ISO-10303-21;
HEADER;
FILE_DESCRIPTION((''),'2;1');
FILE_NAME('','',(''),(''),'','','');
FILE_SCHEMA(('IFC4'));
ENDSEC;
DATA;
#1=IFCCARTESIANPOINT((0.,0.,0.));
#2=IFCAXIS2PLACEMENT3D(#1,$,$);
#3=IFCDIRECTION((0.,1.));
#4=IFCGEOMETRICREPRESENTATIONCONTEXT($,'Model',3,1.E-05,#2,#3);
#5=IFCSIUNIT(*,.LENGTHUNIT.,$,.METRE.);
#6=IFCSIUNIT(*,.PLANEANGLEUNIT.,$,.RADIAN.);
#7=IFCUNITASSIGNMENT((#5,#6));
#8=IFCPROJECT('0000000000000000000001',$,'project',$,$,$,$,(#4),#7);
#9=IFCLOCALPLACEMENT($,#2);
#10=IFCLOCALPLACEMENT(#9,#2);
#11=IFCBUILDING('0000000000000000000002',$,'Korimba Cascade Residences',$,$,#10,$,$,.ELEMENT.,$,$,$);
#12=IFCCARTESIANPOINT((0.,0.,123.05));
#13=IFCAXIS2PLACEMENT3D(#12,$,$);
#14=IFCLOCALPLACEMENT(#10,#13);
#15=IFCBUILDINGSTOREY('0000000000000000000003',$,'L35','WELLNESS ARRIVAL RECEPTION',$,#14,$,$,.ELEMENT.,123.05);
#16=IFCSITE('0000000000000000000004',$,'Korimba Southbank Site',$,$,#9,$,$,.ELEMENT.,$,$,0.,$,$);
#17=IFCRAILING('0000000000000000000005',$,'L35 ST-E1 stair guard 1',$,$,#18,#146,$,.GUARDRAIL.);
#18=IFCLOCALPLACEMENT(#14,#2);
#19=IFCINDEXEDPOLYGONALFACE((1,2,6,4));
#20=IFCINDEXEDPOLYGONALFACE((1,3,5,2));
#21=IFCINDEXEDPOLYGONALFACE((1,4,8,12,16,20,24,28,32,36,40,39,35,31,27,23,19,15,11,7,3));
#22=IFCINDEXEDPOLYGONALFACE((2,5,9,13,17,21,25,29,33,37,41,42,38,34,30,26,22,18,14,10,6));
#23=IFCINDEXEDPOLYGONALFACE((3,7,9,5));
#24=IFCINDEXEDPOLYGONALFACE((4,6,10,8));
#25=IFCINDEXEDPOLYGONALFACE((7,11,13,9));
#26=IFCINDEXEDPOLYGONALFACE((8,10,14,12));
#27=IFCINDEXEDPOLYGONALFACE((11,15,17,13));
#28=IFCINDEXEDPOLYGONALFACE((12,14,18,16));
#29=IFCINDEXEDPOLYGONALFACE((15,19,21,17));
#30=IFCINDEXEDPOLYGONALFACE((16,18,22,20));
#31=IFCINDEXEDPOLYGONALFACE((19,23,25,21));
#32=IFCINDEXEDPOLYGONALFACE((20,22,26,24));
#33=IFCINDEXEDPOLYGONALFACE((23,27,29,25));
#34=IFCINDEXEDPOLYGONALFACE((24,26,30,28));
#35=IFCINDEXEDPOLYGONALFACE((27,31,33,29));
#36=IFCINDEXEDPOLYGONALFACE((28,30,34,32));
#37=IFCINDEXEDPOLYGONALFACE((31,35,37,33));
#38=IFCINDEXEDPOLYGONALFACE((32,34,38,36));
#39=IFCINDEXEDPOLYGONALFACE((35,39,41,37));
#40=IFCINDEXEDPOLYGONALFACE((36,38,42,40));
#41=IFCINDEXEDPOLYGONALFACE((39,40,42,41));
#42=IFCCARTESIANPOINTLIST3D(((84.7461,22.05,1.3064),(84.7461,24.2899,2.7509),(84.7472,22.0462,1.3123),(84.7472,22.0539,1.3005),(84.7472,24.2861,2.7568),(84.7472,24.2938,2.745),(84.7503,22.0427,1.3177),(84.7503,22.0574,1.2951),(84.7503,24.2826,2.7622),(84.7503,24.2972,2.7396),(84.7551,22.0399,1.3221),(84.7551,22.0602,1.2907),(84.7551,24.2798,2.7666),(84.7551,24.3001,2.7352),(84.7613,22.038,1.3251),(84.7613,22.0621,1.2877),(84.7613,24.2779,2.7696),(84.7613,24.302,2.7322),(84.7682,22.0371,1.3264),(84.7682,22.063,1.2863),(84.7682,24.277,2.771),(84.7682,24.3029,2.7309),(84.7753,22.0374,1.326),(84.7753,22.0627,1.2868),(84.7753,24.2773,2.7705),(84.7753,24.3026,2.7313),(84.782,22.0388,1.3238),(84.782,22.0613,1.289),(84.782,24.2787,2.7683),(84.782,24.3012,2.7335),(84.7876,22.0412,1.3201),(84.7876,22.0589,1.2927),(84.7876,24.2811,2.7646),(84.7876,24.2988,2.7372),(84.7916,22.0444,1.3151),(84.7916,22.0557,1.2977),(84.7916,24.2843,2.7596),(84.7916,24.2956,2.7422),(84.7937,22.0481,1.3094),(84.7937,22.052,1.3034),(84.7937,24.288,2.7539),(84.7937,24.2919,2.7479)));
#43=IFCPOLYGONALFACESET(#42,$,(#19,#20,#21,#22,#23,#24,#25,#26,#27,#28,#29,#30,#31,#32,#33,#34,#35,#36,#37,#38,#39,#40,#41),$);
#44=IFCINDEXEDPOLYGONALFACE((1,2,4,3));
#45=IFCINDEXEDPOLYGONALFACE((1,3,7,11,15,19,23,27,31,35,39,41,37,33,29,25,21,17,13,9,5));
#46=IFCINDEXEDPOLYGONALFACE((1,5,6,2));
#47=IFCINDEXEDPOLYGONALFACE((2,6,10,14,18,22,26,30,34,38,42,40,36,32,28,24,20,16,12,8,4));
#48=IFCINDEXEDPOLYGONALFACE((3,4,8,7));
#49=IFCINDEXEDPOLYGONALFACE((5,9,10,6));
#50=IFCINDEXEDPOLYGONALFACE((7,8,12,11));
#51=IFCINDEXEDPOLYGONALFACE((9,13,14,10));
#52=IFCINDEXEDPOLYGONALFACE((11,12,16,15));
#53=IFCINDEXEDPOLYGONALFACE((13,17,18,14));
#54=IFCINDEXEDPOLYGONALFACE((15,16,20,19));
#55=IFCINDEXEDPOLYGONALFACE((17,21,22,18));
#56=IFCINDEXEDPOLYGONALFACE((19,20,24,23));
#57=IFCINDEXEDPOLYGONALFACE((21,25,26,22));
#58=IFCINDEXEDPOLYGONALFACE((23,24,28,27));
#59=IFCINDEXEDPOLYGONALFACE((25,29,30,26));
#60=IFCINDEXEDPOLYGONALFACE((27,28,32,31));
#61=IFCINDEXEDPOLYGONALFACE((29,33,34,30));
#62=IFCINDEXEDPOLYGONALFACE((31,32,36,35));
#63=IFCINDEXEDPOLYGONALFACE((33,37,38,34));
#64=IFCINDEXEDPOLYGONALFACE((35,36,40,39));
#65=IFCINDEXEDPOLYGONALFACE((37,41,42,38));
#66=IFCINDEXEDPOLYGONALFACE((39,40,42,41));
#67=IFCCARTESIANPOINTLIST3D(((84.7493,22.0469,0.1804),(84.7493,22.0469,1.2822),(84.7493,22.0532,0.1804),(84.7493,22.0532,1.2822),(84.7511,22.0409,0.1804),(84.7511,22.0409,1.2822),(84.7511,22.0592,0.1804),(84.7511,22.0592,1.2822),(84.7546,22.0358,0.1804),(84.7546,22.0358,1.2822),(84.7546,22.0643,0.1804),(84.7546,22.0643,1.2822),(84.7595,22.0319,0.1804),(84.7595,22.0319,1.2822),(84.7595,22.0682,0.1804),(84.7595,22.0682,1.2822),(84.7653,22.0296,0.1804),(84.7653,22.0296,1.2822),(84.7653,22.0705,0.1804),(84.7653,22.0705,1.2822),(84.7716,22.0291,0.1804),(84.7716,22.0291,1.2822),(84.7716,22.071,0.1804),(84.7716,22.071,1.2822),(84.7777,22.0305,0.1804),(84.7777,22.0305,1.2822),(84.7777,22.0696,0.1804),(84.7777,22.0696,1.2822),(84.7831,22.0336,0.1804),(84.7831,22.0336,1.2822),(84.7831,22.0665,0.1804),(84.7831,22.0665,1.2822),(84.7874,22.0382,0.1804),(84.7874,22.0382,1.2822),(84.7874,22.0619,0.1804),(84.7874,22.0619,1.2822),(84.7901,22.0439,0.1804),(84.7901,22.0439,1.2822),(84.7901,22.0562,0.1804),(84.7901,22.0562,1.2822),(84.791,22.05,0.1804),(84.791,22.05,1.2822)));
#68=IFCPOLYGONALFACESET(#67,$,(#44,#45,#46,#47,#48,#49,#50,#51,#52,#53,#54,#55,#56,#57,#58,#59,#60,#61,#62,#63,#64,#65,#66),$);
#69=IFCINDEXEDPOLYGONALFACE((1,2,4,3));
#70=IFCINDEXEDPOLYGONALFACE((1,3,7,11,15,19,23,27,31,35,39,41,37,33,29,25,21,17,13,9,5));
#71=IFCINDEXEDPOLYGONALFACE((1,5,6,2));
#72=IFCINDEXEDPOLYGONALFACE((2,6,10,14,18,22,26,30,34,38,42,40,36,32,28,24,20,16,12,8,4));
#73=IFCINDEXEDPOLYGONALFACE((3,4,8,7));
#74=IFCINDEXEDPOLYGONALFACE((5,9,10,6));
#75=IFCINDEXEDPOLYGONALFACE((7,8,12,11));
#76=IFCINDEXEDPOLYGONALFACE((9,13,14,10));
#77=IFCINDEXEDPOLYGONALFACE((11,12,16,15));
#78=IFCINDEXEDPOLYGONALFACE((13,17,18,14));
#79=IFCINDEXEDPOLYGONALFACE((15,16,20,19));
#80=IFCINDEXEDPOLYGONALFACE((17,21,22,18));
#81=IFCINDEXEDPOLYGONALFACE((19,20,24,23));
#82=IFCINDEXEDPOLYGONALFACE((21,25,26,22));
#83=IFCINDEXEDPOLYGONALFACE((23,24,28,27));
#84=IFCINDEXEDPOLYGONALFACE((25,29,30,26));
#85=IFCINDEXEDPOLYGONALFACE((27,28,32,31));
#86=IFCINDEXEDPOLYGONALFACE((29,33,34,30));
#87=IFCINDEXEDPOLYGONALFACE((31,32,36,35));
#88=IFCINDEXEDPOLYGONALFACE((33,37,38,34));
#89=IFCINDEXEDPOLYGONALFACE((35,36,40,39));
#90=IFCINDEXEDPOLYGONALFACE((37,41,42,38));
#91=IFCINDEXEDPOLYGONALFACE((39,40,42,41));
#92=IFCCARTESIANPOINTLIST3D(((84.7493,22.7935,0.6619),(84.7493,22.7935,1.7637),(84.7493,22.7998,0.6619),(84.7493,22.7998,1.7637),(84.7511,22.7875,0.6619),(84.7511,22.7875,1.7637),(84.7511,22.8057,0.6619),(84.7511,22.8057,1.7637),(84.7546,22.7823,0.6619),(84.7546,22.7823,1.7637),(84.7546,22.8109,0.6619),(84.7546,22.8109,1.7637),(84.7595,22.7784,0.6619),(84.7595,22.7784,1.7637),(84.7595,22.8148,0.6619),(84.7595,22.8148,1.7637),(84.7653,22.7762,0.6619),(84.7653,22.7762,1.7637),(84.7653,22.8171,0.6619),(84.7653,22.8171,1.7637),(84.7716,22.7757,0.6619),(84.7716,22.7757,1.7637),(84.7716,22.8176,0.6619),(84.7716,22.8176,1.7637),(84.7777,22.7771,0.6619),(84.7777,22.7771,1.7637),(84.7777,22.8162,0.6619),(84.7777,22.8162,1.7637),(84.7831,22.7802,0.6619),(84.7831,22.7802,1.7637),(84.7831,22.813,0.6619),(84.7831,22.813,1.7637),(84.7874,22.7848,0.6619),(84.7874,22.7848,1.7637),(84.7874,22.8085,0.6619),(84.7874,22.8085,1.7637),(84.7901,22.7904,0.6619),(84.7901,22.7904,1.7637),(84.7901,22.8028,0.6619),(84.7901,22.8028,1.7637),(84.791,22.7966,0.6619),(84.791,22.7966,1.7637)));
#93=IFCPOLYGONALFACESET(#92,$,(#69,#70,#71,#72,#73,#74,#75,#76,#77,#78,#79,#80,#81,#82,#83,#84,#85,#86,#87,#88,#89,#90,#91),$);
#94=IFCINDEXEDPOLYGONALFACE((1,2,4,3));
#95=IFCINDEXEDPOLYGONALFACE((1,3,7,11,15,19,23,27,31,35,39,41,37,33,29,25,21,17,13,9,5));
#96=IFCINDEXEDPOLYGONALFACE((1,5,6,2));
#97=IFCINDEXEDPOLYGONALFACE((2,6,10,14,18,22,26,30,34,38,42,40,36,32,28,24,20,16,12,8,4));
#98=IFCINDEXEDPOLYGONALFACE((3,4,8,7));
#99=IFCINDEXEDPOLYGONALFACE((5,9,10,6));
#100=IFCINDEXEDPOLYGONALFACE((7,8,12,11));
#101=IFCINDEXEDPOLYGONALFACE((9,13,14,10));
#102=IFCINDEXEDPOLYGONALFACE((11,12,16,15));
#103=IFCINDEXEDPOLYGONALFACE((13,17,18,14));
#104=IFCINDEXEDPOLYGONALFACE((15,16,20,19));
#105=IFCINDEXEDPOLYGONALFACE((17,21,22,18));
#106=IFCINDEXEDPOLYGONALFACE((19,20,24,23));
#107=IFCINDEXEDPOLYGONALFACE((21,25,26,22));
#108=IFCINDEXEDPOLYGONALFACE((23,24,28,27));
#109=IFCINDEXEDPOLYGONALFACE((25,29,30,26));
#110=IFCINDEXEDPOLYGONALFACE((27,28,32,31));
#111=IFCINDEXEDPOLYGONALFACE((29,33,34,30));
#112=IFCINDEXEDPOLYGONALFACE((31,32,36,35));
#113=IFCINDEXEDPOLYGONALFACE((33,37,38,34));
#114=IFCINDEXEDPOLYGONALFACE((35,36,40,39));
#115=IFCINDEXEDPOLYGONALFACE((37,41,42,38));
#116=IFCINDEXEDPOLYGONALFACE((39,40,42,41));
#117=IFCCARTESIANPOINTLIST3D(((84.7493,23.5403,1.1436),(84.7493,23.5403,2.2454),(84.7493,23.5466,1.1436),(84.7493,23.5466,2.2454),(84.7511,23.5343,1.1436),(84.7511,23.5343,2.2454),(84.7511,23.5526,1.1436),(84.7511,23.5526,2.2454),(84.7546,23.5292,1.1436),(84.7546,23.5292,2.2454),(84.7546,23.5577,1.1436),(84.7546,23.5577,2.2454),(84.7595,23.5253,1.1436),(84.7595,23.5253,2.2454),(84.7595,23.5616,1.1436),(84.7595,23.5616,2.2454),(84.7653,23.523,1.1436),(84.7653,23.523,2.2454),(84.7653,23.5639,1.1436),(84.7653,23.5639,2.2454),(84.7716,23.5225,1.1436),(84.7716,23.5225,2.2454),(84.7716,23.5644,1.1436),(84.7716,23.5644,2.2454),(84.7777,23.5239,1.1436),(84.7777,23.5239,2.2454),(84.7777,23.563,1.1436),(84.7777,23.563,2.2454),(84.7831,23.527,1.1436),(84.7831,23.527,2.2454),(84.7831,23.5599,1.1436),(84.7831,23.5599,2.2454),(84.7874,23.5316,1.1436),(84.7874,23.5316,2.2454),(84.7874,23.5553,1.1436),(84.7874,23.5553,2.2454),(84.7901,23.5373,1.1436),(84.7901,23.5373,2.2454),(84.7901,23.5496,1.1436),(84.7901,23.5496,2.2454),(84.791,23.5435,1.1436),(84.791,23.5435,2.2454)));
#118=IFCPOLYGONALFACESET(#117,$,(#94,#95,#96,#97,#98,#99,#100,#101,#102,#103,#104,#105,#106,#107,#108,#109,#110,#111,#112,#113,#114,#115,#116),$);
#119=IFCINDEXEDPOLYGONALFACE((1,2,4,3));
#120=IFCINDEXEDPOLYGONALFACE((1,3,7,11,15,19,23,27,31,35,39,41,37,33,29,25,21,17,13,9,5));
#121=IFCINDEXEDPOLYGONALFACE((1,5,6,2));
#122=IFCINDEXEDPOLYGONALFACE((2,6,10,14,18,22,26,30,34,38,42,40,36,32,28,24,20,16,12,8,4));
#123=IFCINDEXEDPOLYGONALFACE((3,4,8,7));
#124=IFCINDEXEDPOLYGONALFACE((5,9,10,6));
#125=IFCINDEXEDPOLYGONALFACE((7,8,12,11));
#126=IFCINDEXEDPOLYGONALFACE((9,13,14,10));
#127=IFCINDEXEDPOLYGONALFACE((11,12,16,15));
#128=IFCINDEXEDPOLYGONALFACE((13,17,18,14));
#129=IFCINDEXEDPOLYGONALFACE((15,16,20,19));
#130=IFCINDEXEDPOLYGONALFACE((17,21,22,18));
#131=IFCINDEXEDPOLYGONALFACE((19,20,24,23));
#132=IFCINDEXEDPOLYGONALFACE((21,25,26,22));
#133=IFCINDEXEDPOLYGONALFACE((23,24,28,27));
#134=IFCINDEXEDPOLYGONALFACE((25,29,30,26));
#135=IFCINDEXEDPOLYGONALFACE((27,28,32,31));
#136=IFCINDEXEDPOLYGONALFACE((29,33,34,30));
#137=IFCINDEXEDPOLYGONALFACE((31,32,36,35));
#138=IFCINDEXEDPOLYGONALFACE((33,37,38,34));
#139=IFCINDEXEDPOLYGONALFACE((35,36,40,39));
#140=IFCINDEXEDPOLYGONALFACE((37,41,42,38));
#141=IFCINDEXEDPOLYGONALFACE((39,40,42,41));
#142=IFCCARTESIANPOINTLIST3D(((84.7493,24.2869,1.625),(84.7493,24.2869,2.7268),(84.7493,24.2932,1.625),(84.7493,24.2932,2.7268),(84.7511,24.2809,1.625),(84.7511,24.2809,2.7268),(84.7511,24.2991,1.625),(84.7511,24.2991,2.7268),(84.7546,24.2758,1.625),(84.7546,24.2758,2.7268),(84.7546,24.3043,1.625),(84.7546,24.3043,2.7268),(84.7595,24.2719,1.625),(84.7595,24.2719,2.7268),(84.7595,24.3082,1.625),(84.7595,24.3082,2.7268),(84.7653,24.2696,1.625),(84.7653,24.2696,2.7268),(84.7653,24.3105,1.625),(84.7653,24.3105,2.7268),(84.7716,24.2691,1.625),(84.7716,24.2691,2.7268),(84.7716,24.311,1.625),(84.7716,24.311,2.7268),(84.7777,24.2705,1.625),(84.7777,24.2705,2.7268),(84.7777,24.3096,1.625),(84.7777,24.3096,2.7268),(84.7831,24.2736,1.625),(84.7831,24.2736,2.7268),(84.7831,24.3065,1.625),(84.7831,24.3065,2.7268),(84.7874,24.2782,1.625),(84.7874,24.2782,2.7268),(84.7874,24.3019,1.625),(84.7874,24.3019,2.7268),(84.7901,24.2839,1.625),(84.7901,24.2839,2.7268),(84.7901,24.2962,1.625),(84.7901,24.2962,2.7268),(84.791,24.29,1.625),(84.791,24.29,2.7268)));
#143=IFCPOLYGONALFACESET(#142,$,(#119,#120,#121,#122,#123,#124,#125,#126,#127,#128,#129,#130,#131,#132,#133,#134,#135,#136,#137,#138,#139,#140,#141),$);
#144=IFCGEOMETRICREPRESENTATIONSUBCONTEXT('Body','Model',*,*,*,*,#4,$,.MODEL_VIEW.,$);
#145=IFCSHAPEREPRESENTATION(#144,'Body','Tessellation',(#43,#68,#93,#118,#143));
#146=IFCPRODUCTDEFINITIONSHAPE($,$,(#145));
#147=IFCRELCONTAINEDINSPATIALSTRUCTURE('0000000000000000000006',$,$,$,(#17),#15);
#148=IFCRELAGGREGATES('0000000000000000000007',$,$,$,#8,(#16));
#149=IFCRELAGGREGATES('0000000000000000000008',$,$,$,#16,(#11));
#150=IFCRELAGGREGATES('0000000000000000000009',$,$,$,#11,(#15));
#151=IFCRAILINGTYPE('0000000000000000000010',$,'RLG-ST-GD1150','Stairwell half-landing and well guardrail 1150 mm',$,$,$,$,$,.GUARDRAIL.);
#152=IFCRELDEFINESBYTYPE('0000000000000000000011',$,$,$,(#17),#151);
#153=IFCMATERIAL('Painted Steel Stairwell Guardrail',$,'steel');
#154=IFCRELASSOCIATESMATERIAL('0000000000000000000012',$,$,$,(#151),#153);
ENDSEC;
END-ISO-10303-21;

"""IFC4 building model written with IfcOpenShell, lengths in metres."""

from ifc_helpers import new_model, si_unit, direction, frame, origin, origin_2d, place, context, subcontext, project, spatial, circle, extrude, material, type_object, element, save


model = new_model("IFC4")

# Units and contexts
model_context = context("Model", 3, precision=1e-05, world=origin(), true_north=direction((0.0, 1.0)))
body_context = subcontext(model_context, "Body", "Model", "MODEL_VIEW")
ifc_project = project(units=[si_unit("LENGTHUNIT", "METRE"), si_unit("PLANEANGLEUNIT", "RADIAN")], contexts=[model_context])

# Site, building, storey
site_placement = place(None, origin())
site = spatial("IfcSite", under=ifc_project, at=site_placement, Name="Korimba Southbank Site", CompositionType="ELEMENT", RefElevation=0.0)
building_placement = place(site_placement, origin())
building = spatial("IfcBuilding", under=site, at=building_placement, Name="Korimba Cascade Residences", CompositionType="ELEMENT")
storey_placement = place(building_placement, frame((0.0, 0.0, 123.05)))
storey = spatial("IfcBuildingStorey", under=building, at=storey_placement, Name="L35", Description="WELLNESS ARRIVAL RECEPTION", CompositionType="ELEMENT", Elevation=123.05)

# Railing
ifc_material_1 = material(Name="Painted Steel Stairwell Guardrail", Category="steel")
railing_type_1 = type_object("IfcRailingType", Name="RLG-ST-GD1150", Description="Stairwell half-landing and well guardrail 1150 mm", PredefinedType="GUARDRAIL", material=ifc_material_1)
railing_1_placement = place(storey_placement, frame((84.77, 22.05, 0.1804)))
element("IfcRailing", 1, at=railing_1_placement, inside=storey, type_object=railing_type_1, Name="L35 ST-E1 stair guard 1", PredefinedType="GUARDRAIL", context=body_context, shape_type="SweptSolid", body=[
    extrude(circle(Radius=0.0239, at=origin_2d()), frame((0.0, 0.0, 1.126), z_axis=(0.0, 0.840395, 0.541975), x_axis=(-1.0, 0.0, 0.0)), (0.0, 0.0, 1.0), 2.6653),
    extrude(circle(Radius=0.021, at=origin_2d()), origin(), (0.0, 0.0, 1.0), 1.1018),
    extrude(circle(Radius=0.021, at=origin_2d()), frame((0.0, 0.7466, 0.4814)), (0.0, 0.0, 1.0), 1.1018),
    extrude(circle(Radius=0.021, at=origin_2d()), frame((0.0, 1.4934, 0.9631)), (0.0, 0.0, 1.0), 1.1018),
    extrude(circle(Radius=0.021, at=origin_2d()), frame((0.0, 2.24, 1.4446)), (0.0, 0.0, 1.0), 1.1018),
])

save(model, "model.ifc")
